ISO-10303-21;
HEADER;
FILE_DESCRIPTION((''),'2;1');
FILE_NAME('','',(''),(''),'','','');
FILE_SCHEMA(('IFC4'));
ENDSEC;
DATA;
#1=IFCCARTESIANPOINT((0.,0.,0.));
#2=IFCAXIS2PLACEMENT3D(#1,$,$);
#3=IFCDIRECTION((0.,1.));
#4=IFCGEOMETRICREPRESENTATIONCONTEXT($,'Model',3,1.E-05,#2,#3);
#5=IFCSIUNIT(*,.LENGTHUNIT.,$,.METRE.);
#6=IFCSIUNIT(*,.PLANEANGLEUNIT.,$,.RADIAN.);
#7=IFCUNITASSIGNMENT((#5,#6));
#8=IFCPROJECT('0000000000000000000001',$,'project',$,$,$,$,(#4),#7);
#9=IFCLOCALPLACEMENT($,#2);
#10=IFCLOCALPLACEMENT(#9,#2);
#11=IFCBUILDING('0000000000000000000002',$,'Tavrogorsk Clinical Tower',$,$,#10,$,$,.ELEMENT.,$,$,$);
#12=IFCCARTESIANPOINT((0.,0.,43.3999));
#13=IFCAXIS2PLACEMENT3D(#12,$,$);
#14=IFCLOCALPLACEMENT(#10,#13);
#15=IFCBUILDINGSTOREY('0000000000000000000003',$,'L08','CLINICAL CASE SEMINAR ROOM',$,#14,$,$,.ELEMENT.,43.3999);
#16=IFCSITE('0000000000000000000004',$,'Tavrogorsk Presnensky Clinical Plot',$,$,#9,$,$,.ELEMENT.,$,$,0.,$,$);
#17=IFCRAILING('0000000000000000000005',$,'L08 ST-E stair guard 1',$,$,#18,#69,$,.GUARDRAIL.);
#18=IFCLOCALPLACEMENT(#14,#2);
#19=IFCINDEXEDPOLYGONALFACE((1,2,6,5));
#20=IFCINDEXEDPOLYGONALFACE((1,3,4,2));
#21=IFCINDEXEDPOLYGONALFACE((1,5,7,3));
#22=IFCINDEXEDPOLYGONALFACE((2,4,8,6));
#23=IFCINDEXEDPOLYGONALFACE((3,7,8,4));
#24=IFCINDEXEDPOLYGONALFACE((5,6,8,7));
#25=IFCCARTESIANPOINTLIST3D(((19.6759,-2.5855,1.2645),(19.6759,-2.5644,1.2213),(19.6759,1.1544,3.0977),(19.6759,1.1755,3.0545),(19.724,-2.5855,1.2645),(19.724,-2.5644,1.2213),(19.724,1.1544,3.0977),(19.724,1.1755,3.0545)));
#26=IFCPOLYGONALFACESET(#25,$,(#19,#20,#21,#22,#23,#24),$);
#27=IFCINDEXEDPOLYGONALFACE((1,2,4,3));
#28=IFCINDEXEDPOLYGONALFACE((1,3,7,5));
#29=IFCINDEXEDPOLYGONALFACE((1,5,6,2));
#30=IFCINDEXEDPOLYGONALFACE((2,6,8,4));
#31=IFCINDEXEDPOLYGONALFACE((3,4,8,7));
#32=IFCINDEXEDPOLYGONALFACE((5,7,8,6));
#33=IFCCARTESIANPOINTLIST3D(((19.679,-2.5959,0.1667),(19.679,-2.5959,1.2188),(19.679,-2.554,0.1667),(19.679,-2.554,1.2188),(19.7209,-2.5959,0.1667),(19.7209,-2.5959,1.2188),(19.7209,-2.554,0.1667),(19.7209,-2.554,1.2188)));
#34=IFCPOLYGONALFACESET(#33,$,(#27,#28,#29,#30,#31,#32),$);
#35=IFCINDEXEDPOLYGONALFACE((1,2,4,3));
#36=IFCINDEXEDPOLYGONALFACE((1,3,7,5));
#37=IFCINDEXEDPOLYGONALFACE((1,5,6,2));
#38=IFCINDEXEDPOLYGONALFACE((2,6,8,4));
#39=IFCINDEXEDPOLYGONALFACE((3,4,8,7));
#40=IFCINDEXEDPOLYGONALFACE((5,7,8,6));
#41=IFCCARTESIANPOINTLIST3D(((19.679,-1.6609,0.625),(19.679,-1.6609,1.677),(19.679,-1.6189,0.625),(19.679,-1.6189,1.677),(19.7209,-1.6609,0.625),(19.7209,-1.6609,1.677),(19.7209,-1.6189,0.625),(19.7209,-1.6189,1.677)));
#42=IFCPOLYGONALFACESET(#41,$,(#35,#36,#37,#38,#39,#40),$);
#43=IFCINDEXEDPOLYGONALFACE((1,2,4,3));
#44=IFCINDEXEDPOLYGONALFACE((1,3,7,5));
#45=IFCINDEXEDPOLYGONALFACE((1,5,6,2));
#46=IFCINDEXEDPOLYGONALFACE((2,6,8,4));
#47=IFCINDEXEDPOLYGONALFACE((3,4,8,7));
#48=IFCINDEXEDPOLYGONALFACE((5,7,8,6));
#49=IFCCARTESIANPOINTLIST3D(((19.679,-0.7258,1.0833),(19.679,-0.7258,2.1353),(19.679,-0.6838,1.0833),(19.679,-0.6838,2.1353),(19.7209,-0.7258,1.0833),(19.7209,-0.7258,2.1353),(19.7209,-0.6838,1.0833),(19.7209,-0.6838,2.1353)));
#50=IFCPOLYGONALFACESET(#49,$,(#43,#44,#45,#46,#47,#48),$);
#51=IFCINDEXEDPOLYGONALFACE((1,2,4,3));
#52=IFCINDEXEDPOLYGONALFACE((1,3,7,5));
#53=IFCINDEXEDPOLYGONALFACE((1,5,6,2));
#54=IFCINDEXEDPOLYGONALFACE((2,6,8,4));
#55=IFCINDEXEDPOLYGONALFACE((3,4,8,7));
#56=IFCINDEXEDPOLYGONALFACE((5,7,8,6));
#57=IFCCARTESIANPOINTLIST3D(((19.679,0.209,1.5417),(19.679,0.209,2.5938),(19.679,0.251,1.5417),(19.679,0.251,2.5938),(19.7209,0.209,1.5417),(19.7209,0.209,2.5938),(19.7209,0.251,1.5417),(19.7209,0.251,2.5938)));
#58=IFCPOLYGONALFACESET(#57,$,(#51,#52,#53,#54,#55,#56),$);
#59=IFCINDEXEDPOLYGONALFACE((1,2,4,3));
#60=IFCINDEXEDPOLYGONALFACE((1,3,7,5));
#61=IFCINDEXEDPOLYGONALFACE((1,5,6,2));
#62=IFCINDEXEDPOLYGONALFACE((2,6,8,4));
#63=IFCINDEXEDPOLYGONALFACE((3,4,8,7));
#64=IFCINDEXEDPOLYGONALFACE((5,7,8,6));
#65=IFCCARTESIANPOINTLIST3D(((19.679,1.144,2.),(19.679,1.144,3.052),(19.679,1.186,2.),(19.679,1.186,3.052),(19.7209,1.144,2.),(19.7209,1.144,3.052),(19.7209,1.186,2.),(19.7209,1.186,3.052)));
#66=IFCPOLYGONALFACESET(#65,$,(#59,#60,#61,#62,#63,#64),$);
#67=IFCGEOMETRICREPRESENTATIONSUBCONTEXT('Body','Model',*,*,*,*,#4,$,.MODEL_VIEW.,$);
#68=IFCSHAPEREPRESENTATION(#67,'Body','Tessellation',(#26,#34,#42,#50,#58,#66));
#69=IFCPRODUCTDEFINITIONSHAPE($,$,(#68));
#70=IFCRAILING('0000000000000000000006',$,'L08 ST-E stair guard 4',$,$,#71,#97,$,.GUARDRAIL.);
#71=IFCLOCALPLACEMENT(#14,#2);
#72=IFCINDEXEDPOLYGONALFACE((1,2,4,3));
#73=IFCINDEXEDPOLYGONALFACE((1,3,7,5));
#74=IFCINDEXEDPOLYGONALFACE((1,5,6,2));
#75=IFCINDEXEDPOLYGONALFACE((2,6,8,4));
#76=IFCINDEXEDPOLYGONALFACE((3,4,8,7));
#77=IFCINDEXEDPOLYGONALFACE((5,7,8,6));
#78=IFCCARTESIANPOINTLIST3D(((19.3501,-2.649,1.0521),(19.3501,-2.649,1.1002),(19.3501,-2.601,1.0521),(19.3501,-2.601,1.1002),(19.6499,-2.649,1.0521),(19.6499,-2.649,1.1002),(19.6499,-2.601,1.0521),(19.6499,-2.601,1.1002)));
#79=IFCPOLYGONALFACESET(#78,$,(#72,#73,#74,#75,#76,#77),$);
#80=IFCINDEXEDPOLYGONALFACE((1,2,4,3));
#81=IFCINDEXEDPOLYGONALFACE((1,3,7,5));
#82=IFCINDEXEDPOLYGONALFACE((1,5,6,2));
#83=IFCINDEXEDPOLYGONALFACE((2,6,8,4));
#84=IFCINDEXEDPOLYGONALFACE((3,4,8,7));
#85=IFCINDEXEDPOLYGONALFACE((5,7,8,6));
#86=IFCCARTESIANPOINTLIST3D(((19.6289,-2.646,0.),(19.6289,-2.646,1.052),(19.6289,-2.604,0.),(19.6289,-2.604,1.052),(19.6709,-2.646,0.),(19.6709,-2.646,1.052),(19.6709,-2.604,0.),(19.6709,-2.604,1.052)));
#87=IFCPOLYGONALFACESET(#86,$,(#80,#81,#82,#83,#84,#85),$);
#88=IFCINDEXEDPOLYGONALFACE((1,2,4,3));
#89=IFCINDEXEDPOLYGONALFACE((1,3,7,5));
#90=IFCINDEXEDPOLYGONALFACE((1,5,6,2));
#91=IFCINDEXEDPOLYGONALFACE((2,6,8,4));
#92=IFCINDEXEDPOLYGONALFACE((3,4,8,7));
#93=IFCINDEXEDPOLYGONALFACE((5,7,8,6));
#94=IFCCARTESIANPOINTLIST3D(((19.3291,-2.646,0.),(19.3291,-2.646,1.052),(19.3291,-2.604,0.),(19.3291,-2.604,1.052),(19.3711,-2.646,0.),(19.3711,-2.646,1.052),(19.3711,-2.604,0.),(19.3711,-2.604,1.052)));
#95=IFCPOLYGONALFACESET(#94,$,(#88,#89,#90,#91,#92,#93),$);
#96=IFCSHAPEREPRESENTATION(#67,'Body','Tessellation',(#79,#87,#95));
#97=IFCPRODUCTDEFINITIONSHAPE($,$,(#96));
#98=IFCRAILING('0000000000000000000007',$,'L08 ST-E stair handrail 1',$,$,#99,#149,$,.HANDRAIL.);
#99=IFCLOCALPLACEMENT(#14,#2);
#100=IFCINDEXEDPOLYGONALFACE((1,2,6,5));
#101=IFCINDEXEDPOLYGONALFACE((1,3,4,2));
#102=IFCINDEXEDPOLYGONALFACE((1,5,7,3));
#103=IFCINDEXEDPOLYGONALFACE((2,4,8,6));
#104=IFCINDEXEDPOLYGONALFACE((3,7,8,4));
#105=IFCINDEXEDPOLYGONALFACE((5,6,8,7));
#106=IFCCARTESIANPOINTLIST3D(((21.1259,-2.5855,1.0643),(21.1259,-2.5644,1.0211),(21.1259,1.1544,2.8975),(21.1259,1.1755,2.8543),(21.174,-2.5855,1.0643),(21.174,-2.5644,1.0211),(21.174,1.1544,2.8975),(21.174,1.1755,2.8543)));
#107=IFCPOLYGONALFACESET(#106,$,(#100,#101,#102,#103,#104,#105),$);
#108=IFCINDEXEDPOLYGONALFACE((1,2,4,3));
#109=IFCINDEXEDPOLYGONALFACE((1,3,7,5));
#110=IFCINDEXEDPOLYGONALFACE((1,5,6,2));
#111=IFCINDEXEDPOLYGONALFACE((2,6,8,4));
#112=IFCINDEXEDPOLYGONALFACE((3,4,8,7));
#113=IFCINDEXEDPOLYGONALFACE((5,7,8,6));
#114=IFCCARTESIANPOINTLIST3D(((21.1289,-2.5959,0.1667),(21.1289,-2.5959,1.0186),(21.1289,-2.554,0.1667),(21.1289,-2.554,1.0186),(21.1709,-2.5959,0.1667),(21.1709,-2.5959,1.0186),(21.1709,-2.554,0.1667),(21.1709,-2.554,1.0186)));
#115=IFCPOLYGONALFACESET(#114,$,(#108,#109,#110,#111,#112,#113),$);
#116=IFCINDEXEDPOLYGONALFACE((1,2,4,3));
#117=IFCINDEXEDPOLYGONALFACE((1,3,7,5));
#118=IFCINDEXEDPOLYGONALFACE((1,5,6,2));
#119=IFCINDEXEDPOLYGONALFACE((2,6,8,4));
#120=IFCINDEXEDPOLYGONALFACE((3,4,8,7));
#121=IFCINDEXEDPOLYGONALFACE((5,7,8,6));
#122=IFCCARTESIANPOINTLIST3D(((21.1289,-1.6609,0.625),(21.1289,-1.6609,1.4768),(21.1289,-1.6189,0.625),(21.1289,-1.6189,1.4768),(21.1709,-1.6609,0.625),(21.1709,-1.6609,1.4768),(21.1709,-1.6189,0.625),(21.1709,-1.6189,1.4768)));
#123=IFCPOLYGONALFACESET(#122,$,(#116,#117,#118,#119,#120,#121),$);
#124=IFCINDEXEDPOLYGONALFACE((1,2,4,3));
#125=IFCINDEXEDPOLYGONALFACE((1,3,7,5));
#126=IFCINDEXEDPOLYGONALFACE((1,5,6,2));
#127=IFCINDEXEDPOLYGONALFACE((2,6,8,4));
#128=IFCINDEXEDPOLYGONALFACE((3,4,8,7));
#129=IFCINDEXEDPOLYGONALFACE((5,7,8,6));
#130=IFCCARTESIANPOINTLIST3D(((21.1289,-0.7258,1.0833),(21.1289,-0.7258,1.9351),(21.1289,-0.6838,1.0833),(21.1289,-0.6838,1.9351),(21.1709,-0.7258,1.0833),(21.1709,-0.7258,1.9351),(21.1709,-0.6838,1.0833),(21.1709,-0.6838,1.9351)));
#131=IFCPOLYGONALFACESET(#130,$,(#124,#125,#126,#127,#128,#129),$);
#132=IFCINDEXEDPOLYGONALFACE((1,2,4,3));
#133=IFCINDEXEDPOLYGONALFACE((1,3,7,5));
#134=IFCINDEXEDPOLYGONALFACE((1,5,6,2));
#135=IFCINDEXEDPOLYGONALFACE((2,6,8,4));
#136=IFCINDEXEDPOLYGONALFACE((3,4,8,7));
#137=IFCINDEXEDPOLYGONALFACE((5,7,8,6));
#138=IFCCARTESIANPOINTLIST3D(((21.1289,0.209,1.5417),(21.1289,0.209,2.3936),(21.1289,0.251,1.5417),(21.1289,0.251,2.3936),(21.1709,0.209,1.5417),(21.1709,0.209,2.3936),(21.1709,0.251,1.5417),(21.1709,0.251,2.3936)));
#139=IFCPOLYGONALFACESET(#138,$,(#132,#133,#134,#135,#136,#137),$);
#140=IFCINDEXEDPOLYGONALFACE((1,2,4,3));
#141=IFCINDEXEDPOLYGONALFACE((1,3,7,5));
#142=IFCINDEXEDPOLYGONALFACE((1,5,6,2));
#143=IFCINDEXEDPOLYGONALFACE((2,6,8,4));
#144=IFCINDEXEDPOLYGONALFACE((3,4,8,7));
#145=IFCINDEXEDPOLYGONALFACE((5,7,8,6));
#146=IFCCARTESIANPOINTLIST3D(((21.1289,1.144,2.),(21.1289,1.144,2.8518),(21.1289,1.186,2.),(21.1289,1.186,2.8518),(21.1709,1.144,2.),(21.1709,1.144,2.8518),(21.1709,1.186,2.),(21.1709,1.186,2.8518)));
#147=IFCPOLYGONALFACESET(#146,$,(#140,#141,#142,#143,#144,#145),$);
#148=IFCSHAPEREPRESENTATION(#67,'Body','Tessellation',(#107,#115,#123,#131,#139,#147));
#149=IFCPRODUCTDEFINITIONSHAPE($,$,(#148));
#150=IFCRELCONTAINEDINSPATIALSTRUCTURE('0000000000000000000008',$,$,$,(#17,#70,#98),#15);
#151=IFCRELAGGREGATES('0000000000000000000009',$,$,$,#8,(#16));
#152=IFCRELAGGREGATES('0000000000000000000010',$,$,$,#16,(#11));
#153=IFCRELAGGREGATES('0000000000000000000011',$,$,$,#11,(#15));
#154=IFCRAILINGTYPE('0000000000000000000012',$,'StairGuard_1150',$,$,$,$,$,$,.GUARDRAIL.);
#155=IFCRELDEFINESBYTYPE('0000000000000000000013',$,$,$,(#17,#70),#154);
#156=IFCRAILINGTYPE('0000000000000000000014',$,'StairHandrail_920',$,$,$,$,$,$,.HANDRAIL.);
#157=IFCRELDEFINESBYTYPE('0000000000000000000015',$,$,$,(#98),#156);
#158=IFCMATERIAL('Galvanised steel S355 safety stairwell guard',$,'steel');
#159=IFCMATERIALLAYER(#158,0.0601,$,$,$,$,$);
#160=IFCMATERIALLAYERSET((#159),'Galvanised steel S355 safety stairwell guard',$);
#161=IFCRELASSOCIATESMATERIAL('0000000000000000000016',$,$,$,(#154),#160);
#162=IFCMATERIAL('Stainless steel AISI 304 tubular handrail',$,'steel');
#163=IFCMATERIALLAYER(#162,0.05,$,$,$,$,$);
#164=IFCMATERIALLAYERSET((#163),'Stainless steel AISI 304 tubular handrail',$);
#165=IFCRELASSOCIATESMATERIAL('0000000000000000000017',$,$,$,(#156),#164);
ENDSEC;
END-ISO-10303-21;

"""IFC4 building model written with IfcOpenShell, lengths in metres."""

from ifc_helpers import new_model, si_unit, direction, frame, origin, origin_2d, place, context, subcontext, project, spatial, rectangle, extrude, material, layer, layer_set, type_object, element, save


model = new_model("IFC4")

# Units and contexts
model_context = context("Model", 3, precision=1e-05, world=origin(), true_north=direction((0.0, 1.0)))
body_context = subcontext(model_context, "Body", "Model", "MODEL_VIEW")
ifc_project = project(units=[si_unit("LENGTHUNIT", "METRE"), si_unit("PLANEANGLEUNIT", "RADIAN")], contexts=[model_context])

# Site, building, storey
site_placement = place(None, origin())
site = spatial("IfcSite", under=ifc_project, at=site_placement, Name="Tavrogorsk Presnensky Clinical Plot", CompositionType="ELEMENT", RefElevation=0.0)
building_placement = place(site_placement, origin())
building = spatial("IfcBuilding", under=site, at=building_placement, Name="Tavrogorsk Clinical Tower", CompositionType="ELEMENT")
storey_placement = place(building_placement, frame((0.0, 0.0, 43.3999)))
storey = spatial("IfcBuildingStorey", under=building, at=storey_placement, Name="L08", Description="CLINICAL CASE SEMINAR ROOM", CompositionType="ELEMENT", Elevation=43.3999)

# Railings
ifc_material_1 = material(Name="Galvanised steel S355 safety stairwell guard", Category="steel")
ifc_layer_1 = layer(ifc_material_1, 0.0601)
ifc_layer_set_1 = layer_set([ifc_layer_1], Name="Galvanised steel S355 safety stairwell guard")
railing_type_1 = type_object("IfcRailingType", Name="StairGuard_1150", PredefinedType="GUARDRAIL", material=ifc_layer_set_1)
railing_1_placement = place(storey_placement, frame((19.7, -2.575, 0.1667)))
element("IfcRailing", 1, at=railing_1_placement, inside=storey, type_object=railing_type_1, Name="L08 ST-E stair guard 1", PredefinedType="GUARDRAIL", context=body_context, shape_type="SweptSolid", body=[
    extrude(rectangle(XDim=0.0481, YDim=0.0481, at=origin_2d()), frame((0.0, 0.0, 1.0762), z_axis=(0.0, 0.897928, 0.440142), x_axis=(-1.0, 0.0, 0.0)), (0.0, 0.0, 1.0), 4.165),
    extrude(rectangle(XDim=0.042, YDim=0.042, at=origin_2d()), origin(), (0.0, 0.0, 1.0), 1.052),
    extrude(rectangle(XDim=0.042, YDim=0.042, at=origin_2d()), frame((0.0, 0.9351, 0.4583)), (0.0, 0.0, 1.0), 1.052),
    extrude(rectangle(XDim=0.042, YDim=0.042, at=origin_2d()), frame((0.0, 1.8701, 0.9165)), (0.0, 0.0, 1.0), 1.052),
    extrude(rectangle(XDim=0.042, YDim=0.042, at=origin_2d()), frame((0.0, 2.8049, 1.375)), (0.0, 0.0, 1.0), 1.052),
    extrude(rectangle(XDim=0.042, YDim=0.042, at=origin_2d()), frame((0.0, 3.74, 1.8333)), (0.0, 0.0, 1.0), 1.052),
])
railing_2_placement = place(storey_placement, frame((19.6499, -2.625, 0.0)))
element("IfcRailing", 2, at=railing_2_placement, inside=storey, type_object=railing_type_1, Name="L08 ST-E stair guard 4", PredefinedType="GUARDRAIL", context=body_context, shape_type="SweptSolid", body=[
    extrude(rectangle(XDim=0.0481, YDim=0.0481, at=origin_2d()), frame((0.0, 0.0, 1.0762), z_axis=(-1.0, 0.0, 0.0), x_axis=(0.0, -1.0, 0.0)), (0.0, 0.0, 1.0), 0.2998),
    extrude(rectangle(XDim=0.042, YDim=0.042, at=origin_2d()), origin(), (0.0, 0.0, 1.0), 1.052),
    extrude(rectangle(XDim=0.042, YDim=0.042, at=origin_2d()), frame((-0.2998, 0.0, 0.0)), (0.0, 0.0, 1.0), 1.052),
])
ifc_material_2 = material(Name="Stainless steel AISI 304 tubular handrail", Category="steel")
ifc_layer_2 = layer(ifc_material_2, 0.05)
ifc_layer_set_2 = layer_set([ifc_layer_2], Name="Stainless steel AISI 304 tubular handrail")
railing_type_2 = type_object("IfcRailingType", Name="StairHandrail_920", PredefinedType="HANDRAIL", material=ifc_layer_set_2)
railing_3_placement = place(storey_placement, frame((21.1499, -2.575, 0.1667)))
element("IfcRailing", 3, at=railing_3_placement, inside=storey, type_object=railing_type_2, Name="L08 ST-E stair handrail 1", PredefinedType="HANDRAIL", context=body_context, shape_type="SweptSolid", body=[
    extrude(rectangle(XDim=0.0481, YDim=0.0481, at=origin_2d()), frame((0.0, 0.0, 0.876), z_axis=(0.0, 0.897928, 0.440142), x_axis=(-1.0, 0.0, 0.0)), (0.0, 0.0, 1.0), 4.165),
    extrude(rectangle(XDim=0.042, YDim=0.042, at=origin_2d()), origin(), (0.0, 0.0, 1.0), 0.8518),
    extrude(rectangle(XDim=0.042, YDim=0.042, at=origin_2d()), frame((0.0, 0.9351, 0.4583)), (0.0, 0.0, 1.0), 0.8518),
    extrude(rectangle(XDim=0.042, YDim=0.042, at=origin_2d()), frame((0.0, 1.8701, 0.9165)), (0.0, 0.0, 1.0), 0.8518),
    extrude(rectangle(XDim=0.042, YDim=0.042, at=origin_2d()), frame((0.0, 2.8049, 1.375)), (0.0, 0.0, 1.0), 0.8518),
    extrude(rectangle(XDim=0.042, YDim=0.042, at=origin_2d()), frame((0.0, 3.74, 1.8333)), (0.0, 0.0, 1.0), 0.8518),
])

save(model, "model.ifc")
